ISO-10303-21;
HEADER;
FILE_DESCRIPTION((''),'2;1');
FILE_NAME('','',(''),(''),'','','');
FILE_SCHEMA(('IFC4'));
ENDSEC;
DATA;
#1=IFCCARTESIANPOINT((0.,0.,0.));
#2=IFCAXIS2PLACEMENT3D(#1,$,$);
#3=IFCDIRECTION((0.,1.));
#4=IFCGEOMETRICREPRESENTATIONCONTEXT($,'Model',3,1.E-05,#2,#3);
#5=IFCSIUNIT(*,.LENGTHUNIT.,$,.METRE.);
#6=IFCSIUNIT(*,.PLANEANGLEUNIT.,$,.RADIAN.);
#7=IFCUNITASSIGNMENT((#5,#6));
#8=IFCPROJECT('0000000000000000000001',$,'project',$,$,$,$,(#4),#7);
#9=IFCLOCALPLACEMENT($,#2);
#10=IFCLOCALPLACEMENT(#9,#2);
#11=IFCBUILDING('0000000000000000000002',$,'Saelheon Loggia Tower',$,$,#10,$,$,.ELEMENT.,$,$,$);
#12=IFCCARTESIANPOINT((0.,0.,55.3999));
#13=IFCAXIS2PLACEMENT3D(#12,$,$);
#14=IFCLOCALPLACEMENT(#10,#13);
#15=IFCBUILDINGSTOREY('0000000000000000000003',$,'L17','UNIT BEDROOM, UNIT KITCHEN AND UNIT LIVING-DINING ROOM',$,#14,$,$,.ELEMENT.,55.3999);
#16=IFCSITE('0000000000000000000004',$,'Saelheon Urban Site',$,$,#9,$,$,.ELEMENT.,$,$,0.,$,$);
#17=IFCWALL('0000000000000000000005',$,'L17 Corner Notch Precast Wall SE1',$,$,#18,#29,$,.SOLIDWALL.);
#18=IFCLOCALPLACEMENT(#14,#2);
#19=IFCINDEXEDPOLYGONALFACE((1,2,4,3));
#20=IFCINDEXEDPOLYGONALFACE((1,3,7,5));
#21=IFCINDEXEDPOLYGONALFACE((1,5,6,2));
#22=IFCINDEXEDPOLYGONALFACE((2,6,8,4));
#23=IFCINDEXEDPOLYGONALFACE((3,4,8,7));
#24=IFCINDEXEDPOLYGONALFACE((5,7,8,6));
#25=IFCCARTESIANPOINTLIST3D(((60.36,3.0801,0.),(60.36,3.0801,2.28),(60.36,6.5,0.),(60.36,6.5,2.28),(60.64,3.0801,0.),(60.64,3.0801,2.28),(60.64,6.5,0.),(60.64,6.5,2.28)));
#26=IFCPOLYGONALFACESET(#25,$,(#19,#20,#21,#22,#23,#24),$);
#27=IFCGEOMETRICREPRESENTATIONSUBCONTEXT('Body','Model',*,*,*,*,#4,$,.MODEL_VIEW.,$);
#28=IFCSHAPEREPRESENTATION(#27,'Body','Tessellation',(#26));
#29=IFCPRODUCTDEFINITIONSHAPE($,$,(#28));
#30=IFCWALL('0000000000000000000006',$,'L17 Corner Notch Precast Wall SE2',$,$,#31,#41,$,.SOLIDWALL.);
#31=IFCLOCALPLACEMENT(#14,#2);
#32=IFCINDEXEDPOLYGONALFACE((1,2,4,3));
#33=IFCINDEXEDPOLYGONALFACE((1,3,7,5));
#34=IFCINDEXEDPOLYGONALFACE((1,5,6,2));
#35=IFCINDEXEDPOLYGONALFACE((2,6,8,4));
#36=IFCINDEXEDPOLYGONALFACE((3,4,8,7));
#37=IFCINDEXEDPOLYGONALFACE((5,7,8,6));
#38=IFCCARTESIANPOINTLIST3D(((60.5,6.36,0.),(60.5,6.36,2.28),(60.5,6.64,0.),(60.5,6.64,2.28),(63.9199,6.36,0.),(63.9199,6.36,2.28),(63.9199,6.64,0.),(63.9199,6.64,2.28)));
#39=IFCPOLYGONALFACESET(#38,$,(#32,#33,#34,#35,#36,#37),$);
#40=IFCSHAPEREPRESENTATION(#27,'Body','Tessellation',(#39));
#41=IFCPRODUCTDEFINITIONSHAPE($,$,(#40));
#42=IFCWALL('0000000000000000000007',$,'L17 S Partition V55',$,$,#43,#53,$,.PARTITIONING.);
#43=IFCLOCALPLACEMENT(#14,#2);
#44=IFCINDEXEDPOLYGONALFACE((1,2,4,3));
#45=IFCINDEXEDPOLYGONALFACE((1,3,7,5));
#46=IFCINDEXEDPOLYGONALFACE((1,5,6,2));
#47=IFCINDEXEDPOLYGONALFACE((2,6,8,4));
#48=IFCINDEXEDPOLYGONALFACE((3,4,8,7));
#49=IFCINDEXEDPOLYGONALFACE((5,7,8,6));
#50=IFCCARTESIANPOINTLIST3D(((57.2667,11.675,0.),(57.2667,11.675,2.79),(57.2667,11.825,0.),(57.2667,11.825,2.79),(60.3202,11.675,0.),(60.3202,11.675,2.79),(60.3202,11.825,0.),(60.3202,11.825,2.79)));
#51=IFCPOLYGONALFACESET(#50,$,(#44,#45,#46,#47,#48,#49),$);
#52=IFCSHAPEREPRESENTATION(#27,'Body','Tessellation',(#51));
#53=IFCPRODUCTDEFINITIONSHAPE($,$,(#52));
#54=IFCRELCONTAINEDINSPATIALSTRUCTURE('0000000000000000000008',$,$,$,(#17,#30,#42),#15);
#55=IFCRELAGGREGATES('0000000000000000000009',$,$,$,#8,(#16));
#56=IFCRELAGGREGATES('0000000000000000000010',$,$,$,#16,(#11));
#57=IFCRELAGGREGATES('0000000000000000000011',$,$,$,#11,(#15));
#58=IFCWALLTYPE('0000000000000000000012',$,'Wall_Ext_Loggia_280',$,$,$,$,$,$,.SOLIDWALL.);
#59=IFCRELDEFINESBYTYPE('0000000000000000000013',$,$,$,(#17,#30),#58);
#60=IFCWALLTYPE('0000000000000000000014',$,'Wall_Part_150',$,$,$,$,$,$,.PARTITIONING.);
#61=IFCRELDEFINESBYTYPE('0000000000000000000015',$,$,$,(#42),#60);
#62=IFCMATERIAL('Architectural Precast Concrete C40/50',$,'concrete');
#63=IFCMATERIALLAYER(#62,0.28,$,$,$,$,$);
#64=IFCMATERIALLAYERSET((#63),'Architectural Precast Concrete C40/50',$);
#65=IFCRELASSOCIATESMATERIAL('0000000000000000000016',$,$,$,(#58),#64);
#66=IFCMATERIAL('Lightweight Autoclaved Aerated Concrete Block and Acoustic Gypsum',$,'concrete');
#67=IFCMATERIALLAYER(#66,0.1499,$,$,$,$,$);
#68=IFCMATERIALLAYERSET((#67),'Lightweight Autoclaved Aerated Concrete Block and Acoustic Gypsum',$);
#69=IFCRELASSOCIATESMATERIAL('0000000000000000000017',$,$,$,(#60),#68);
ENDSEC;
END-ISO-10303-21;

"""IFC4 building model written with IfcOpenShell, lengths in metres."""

from ifc_helpers import new_model, si_unit, direction, frame, frame_2d, origin, place, context, subcontext, project, spatial, rectangle, extrude, material, layer, layer_set, type_object, element, save


model = new_model("IFC4")

# Units and contexts
model_context = context("Model", 3, precision=1e-05, world=origin(), true_north=direction((0.0, 1.0)))
body_context = subcontext(model_context, "Body", "Model", "MODEL_VIEW")
ifc_project = project(units=[si_unit("LENGTHUNIT", "METRE"), si_unit("PLANEANGLEUNIT", "RADIAN")], contexts=[model_context])

# Site, building, storey
site_placement = place(None, origin())
site = spatial("IfcSite", under=ifc_project, at=site_placement, Name="Saelheon Urban Site", CompositionType="ELEMENT", RefElevation=0.0)
building_placement = place(site_placement, origin())
building = spatial("IfcBuilding", under=site, at=building_placement, Name="Saelheon Loggia Tower", CompositionType="ELEMENT")
storey_placement = place(building_placement, frame((0.0, 0.0, 55.3999)))
storey = spatial("IfcBuildingStorey", under=building, at=storey_placement, Name="L17", Description="UNIT BEDROOM, UNIT KITCHEN AND UNIT LIVING-DINING ROOM", CompositionType="ELEMENT", Elevation=55.3999)

# Shared definitions
ifc_material_1 = material(Name="Architectural Precast Concrete C40/50", Category="concrete")
ifc_layer_1 = layer(ifc_material_1, 0.28)
ifc_layer_set_1 = layer_set([ifc_layer_1], Name="Architectural Precast Concrete C40/50")
wall_type_1 = type_object("IfcWallType", Name="Wall_Ext_Loggia_280", PredefinedType="SOLIDWALL", material=ifc_layer_set_1)

# Walls
for number, where, z_axis, x_axis, name in (
    (1, (60.5, 3.0801, 0.0), (0.0, 0.0, 1.0), (0.0, 1.0, 0.0), "L17 Corner Notch Precast Wall SE1"),
    (2, (60.5, 6.5, 0.0), (0.0, 0.0, 1.0), (1.0, 0.0, 0.0), "L17 Corner Notch Precast Wall SE2"),
):
    element("IfcWall", number, at=place(storey_placement, frame(where, z_axis=z_axis, x_axis=x_axis)), inside=storey, type_object=wall_type_1, Name=name, PredefinedType="SOLIDWALL", context=body_context, shape_type="SweptSolid", body=[
        extrude(rectangle(XDim=3.4199, YDim=0.28, at=frame_2d((1.71, 0.0))), origin(), (0.0, 0.0, 1.0), 2.28),
    ])
ifc_material_2 = material(Name="Lightweight Autoclaved Aerated Concrete Block and Acoustic Gypsum", Category="concrete")
ifc_layer_2 = layer(ifc_material_2, 0.1499)
ifc_layer_set_2 = layer_set([ifc_layer_2], Name="Lightweight Autoclaved Aerated Concrete Block and Acoustic Gypsum")
wall_type_2 = type_object("IfcWallType", Name="Wall_Part_150", PredefinedType="PARTITIONING", material=ifc_layer_set_2)
wall_1_placement = place(storey_placement, frame((57.2666, 11.75, 0.0), z_axis=(0.0, 0.0, 1.0), x_axis=(1.0, 0.0, 0.0)))
element("IfcWall", 3, at=wall_1_placement, inside=storey, type_object=wall_type_2, Name="L17 S Partition V55", PredefinedType="PARTITIONING", context=body_context, shape_type="SweptSolid", body=[
    extrude(rectangle(XDim=3.0535, YDim=0.1499, at=frame_2d((1.5269, 0.0))), origin(), (0.0, 0.0, 1.0), 2.79),
])

save(model, "model.ifc")
